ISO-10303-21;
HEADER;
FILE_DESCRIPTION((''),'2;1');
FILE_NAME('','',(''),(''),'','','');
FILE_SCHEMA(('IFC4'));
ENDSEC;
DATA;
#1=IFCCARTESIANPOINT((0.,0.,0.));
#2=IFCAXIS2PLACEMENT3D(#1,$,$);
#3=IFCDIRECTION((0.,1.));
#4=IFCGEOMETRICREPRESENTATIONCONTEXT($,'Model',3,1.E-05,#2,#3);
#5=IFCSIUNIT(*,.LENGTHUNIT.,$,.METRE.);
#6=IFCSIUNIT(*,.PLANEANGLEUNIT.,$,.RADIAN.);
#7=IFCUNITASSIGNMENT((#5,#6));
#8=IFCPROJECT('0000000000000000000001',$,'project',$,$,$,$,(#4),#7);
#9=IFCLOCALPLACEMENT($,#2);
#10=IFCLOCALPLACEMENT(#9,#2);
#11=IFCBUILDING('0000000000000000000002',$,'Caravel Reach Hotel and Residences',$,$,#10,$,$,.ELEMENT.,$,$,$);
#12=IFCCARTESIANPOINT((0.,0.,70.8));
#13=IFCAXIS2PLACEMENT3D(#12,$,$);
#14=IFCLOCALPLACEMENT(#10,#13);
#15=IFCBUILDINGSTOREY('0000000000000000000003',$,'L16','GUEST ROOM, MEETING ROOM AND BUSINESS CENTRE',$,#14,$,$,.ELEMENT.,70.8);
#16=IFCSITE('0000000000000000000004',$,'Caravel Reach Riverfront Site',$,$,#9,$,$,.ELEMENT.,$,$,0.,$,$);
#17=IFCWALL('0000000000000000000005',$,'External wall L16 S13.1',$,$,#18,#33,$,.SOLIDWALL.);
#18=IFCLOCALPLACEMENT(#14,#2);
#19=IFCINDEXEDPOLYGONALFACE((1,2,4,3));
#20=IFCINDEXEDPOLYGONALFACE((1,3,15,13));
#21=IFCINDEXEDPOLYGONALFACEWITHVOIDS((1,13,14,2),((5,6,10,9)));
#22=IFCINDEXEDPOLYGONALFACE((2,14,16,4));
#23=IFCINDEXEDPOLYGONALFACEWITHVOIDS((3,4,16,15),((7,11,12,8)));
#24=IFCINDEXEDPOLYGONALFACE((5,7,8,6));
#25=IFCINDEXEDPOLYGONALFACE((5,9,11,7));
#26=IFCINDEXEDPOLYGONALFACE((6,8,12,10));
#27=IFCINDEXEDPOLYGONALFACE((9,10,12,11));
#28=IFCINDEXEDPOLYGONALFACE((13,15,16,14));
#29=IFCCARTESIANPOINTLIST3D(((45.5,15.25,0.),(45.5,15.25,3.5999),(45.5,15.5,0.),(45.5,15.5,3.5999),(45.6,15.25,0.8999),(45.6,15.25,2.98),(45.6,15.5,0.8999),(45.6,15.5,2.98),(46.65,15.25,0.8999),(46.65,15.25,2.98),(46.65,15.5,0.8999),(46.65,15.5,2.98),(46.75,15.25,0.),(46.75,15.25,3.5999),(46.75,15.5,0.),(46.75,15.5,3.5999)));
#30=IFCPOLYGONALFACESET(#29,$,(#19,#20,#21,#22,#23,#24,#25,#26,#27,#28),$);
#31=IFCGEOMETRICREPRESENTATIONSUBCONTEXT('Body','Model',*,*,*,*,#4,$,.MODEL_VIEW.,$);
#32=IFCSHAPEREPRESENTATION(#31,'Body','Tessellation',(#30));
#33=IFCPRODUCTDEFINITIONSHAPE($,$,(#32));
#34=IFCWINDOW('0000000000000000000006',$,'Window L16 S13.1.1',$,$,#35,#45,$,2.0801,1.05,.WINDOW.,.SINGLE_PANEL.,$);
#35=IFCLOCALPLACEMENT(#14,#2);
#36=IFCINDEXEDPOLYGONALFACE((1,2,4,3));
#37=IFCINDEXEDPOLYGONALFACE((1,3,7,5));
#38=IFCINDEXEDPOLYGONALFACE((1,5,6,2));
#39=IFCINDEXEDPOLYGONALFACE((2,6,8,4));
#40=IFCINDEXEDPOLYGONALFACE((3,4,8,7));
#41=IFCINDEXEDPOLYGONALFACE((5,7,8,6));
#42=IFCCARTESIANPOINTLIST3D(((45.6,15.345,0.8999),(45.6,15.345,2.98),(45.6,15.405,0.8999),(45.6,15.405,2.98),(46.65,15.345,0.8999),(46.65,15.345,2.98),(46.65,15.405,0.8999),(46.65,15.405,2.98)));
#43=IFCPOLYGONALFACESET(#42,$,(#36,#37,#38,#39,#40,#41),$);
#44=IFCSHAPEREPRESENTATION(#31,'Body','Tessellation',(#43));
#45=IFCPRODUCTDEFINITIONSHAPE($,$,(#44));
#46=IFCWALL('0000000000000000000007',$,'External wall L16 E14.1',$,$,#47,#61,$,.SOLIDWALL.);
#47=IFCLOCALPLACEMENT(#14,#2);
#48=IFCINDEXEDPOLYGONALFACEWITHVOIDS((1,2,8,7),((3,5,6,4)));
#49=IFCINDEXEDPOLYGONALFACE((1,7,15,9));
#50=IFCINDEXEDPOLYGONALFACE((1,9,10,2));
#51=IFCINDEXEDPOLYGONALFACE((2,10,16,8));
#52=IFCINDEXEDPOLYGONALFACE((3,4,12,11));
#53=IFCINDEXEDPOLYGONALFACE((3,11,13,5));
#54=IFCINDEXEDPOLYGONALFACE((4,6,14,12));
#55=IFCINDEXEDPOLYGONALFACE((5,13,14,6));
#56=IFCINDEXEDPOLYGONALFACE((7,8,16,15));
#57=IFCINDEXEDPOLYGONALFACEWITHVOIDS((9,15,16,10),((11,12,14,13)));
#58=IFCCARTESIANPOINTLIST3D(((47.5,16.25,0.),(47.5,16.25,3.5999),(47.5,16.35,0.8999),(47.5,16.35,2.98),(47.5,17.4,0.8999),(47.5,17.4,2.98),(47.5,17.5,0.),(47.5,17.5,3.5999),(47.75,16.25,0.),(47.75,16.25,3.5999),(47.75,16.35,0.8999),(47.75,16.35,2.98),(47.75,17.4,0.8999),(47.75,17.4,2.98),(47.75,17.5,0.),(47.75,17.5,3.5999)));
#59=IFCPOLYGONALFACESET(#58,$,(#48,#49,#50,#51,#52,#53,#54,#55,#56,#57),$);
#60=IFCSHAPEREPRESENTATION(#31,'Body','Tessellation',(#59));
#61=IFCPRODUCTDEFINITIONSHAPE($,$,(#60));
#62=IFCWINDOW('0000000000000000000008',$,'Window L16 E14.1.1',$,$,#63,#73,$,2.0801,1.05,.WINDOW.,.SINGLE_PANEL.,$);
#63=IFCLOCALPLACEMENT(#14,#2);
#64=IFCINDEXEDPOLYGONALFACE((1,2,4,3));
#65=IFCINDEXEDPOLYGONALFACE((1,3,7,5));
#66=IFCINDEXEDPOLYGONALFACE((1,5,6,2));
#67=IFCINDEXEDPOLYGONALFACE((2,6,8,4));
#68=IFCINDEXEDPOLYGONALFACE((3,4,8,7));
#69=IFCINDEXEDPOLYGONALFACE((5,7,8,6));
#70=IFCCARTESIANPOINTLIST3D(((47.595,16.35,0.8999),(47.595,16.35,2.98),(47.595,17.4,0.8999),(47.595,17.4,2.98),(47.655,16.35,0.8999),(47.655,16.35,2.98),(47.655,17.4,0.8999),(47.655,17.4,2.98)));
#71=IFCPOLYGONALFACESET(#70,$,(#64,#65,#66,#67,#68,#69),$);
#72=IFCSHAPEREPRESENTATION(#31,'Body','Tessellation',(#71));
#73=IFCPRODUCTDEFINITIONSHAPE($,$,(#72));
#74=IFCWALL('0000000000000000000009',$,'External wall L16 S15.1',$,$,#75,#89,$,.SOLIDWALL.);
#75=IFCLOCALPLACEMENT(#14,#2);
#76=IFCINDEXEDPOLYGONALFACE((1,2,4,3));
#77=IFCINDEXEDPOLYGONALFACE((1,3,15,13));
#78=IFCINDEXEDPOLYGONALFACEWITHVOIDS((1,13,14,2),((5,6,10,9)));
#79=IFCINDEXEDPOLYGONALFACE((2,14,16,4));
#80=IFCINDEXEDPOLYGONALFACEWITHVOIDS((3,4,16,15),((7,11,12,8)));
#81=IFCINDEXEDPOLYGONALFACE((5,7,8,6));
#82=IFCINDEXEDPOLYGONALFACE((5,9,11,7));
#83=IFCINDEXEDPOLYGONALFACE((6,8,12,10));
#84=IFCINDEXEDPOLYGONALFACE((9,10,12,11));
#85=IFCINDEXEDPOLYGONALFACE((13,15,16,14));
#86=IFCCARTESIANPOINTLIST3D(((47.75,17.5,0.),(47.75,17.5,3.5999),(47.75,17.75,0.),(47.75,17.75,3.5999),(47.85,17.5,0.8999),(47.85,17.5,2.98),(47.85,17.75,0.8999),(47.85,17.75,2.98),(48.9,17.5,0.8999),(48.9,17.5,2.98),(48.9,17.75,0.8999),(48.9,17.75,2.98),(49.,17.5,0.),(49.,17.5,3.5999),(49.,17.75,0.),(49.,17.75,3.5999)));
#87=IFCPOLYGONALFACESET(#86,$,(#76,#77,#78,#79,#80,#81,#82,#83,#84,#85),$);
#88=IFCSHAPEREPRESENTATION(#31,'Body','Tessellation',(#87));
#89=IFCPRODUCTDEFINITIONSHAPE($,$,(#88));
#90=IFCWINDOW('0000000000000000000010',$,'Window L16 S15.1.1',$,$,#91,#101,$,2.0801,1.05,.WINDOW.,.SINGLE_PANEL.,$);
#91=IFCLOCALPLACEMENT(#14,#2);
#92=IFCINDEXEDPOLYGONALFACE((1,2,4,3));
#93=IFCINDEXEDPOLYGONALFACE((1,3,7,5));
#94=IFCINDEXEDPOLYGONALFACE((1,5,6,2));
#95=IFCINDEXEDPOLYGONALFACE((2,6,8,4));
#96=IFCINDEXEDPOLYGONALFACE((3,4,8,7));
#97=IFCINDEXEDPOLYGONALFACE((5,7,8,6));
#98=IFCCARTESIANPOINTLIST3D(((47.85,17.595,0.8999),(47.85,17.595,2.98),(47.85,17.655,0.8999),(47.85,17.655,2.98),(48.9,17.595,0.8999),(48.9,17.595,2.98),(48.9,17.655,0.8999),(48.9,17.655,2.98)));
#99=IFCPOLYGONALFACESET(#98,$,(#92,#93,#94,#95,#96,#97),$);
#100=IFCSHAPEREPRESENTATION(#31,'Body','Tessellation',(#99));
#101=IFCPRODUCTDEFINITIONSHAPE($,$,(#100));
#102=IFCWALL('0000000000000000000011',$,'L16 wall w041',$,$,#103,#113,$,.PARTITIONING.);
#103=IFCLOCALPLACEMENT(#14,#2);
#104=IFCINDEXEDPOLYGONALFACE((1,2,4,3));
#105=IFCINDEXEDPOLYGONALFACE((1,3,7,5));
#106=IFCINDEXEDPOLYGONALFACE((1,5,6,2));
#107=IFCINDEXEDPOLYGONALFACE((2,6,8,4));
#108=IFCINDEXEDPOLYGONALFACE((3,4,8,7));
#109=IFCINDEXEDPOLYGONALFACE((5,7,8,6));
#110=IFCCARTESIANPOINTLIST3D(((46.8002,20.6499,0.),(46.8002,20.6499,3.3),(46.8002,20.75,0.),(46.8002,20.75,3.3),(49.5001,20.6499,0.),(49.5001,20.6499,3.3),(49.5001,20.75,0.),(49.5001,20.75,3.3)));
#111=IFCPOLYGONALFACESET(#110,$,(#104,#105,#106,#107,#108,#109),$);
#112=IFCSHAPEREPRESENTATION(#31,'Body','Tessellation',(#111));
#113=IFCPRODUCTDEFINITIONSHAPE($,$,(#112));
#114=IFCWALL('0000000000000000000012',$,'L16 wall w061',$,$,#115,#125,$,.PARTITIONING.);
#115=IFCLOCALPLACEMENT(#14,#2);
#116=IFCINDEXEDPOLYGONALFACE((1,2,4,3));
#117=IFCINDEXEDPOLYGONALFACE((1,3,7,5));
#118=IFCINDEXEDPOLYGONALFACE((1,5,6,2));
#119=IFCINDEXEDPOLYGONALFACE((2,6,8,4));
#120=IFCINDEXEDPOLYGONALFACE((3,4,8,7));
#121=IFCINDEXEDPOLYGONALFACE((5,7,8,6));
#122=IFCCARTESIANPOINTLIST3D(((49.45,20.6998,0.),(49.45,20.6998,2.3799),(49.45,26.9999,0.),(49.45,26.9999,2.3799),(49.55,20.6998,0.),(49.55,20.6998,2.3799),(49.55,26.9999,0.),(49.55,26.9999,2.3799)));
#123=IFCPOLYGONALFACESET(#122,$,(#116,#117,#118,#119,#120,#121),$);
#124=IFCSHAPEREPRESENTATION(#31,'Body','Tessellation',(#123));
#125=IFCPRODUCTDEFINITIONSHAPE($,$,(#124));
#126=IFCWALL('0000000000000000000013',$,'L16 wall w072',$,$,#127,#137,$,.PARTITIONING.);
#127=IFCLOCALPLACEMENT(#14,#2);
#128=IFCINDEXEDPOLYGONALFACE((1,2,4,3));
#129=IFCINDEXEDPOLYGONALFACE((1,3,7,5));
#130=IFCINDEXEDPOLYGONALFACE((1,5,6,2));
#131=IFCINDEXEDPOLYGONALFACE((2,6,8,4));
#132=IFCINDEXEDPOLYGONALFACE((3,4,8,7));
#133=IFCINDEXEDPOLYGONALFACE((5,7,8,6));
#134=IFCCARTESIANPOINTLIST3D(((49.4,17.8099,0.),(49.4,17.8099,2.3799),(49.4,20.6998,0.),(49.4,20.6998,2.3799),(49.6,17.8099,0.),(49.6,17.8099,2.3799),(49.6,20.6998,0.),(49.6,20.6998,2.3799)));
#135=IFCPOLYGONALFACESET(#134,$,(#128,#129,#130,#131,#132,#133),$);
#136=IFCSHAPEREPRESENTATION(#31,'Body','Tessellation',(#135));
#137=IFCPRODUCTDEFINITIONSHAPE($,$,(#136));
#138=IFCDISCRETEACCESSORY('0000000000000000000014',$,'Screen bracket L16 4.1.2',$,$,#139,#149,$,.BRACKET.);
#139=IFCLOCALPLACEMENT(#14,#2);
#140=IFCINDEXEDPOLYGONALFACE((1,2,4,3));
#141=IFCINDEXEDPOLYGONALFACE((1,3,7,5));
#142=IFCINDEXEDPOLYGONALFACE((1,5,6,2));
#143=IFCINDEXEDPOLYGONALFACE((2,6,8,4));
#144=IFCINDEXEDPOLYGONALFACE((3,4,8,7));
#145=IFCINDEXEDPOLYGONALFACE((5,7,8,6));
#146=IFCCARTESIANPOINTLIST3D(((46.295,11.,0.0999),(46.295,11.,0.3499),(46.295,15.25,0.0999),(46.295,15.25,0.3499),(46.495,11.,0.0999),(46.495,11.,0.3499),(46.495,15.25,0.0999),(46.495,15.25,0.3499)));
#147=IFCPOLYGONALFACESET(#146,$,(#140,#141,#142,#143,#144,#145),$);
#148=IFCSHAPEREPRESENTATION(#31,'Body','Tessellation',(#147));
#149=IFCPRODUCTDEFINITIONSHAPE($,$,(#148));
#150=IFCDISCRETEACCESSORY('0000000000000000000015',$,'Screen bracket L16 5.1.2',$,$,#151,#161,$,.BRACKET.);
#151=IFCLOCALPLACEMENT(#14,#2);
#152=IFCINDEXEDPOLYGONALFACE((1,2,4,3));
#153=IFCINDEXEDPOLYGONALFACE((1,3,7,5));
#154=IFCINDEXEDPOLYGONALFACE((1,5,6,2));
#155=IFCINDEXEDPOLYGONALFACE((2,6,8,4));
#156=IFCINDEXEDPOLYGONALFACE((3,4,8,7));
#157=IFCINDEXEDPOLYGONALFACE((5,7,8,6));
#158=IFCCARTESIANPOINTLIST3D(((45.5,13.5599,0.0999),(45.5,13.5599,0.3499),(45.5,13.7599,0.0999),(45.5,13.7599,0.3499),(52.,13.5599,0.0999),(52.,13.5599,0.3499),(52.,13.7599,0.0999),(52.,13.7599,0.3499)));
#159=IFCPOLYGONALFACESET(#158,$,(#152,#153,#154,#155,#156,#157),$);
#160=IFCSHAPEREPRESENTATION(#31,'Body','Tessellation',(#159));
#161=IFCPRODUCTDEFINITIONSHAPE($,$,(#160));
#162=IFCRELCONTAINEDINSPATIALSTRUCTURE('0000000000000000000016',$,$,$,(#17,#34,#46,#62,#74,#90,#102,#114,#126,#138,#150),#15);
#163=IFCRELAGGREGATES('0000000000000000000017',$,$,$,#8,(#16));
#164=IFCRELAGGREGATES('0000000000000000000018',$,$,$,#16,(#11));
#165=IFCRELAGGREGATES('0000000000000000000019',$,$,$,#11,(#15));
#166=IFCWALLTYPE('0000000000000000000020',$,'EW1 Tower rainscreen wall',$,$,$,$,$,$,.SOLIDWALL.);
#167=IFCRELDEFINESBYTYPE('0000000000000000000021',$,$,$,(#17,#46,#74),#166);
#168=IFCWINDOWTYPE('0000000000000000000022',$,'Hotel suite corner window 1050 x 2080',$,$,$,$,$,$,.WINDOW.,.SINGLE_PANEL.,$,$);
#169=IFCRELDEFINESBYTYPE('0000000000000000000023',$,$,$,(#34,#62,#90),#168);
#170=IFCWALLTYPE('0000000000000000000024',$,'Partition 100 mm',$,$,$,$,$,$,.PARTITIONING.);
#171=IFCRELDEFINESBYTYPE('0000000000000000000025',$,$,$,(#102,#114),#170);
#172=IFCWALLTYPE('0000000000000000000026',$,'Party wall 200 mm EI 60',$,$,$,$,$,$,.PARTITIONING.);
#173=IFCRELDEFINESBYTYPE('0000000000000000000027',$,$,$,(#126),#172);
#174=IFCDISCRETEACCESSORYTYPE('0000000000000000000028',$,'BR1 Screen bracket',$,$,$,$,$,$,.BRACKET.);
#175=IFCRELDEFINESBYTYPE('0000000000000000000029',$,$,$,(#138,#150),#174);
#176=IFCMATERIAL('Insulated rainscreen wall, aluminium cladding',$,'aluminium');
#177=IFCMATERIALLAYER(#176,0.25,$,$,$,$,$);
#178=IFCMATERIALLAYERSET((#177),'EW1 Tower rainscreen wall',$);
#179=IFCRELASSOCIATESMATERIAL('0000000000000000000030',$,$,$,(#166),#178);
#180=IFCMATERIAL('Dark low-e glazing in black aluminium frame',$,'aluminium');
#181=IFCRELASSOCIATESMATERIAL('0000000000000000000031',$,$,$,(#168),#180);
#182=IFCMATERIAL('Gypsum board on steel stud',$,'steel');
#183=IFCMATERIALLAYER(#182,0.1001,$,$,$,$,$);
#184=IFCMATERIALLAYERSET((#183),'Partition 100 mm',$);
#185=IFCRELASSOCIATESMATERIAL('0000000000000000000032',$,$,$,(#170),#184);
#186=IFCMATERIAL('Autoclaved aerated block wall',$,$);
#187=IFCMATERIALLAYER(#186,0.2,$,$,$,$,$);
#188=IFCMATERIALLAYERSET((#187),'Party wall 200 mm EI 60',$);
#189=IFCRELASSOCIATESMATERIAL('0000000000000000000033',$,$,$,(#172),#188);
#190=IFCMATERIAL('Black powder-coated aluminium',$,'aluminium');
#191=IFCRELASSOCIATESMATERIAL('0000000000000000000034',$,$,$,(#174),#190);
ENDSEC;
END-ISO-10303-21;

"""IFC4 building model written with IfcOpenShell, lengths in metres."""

from ifc_helpers import new_model, si_unit, direction, frame, frame_2d, origin, origin_2d, place, context, subcontext, project, spatial, rectangle, extrude, material, layer, layer_set, type_object, element, fill, save


model = new_model("IFC4")

# Units and contexts
model_context = context("Model", 3, precision=1e-05, world=origin(), true_north=direction((0.0, 1.0)))
body_context = subcontext(model_context, "Body", "Model", "MODEL_VIEW")
ifc_project = project(units=[si_unit("LENGTHUNIT", "METRE"), si_unit("PLANEANGLEUNIT", "RADIAN")], contexts=[model_context])

# Site, building, storey
site_placement = place(None, origin())
site = spatial("IfcSite", under=ifc_project, at=site_placement, Name="Caravel Reach Riverfront Site", CompositionType="ELEMENT", RefElevation=0.0)
building_placement = place(site_placement, origin())
building = spatial("IfcBuilding", under=site, at=building_placement, Name="Caravel Reach Hotel and Residences", CompositionType="ELEMENT")
storey_placement = place(building_placement, frame((0.0, 0.0, 70.8)))
storey = spatial("IfcBuildingStorey", under=building, at=storey_placement, Name="L16", Description="GUEST ROOM, MEETING ROOM AND BUSINESS CENTRE", CompositionType="ELEMENT", Elevation=70.8)

# Walls, openings, windows
ifc_material_1 = material(Name="Insulated rainscreen wall, aluminium cladding", Category="aluminium")
ifc_layer_1 = layer(ifc_material_1, 0.25)
ifc_layer_set_1 = layer_set([ifc_layer_1], Name="EW1 Tower rainscreen wall")
wall_type_1 = type_object("IfcWallType", Name="EW1 Tower rainscreen wall", PredefinedType="SOLIDWALL", material=ifc_layer_set_1)
ifc_material_2 = material(Name="Dark low-e glazing in black aluminium frame", Category="aluminium")
window_type = type_object("IfcWindowType", Name="Hotel suite corner window 1050 x 2080", PartitioningType="SINGLE_PANEL", PredefinedType="WINDOW", material=ifc_material_2)
wall_1_placement = place(storey_placement, frame((45.5, 15.375, 0.0), z_axis=(0.0, 0.0, 1.0), x_axis=(1.0, 0.0, 0.0)))
wall_1 = element("IfcWall", 1, at=wall_1_placement, inside=storey, type_object=wall_type_1, Name="External wall L16 S13.1", PredefinedType="SOLIDWALL", context=body_context, shape_type="SweptSolid", body=[
    extrude(rectangle(XDim=1.25, YDim=0.25, at=frame_2d((0.625, 0.0))), origin(), (0.0, 0.0, 1.0), 3.5999),
])
opening_1_placement = place(wall_1_placement, frame((0.1001, 0.0, 0.8999)))
opening_1 = element("IfcOpeningElement", 2, at=opening_1_placement, cuts=wall_1, PredefinedType="OPENING", context=body_context, shape_type="SweptSolid", body=[
    extrude(rectangle(XDim=1.05, YDim=2.0801, at=frame_2d((0.5249, 1.04))), frame((0.0, 0.135, 0.0), z_axis=(0.0, -1.0, 0.0), x_axis=(1.0, 0.0, 0.0)), (0.0, 0.0, 1.0), 0.27),
])
window_1_placement = place(opening_1_placement, origin())
window_1 = element("IfcWindow", 3, at=window_1_placement, inside=storey, type_object=window_type, Name="Window L16 S13.1.1", OverallHeight=2.0801, OverallWidth=1.05, PartitioningType="SINGLE_PANEL", PredefinedType="WINDOW", context=body_context, shape_type="SweptSolid", body=[
    extrude(rectangle(XDim=1.05, YDim=2.0801, at=frame_2d((0.5249, 1.04))), frame((0.0, 0.03, 0.0), z_axis=(0.0, -1.0, 0.0), x_axis=(1.0, 0.0, 0.0)), (0.0, 0.0, 1.0), 0.0601),
])
fill(opening_1, window_1)
wall_2_placement = place(storey_placement, frame((47.625, 16.25, 0.0), z_axis=(0.0, 0.0, 1.0), x_axis=(0.0, 1.0, 0.0)))
wall_2 = element("IfcWall", 4, at=wall_2_placement, inside=storey, type_object=wall_type_1, Name="External wall L16 E14.1", PredefinedType="SOLIDWALL", context=body_context, shape_type="SweptSolid", body=[
    extrude(rectangle(XDim=1.25, YDim=0.25, at=frame_2d((0.625, 0.0))), origin(), (0.0, 0.0, 1.0), 3.5999),
])
opening_2_placement = place(wall_2_placement, frame((0.1001, 0.0, 0.8999)))
opening_2 = element("IfcOpeningElement", 5, at=opening_2_placement, cuts=wall_2, PredefinedType="OPENING", context=body_context, shape_type="SweptSolid", body=[
    extrude(rectangle(XDim=1.05, YDim=2.0801, at=frame_2d((0.5249, 1.04))), frame((0.0, 0.135, 0.0), z_axis=(0.0, -1.0, 0.0), x_axis=(1.0, 0.0, 0.0)), (0.0, 0.0, 1.0), 0.27),
])
window_2_placement = place(opening_2_placement, origin())
window_2 = element("IfcWindow", 6, at=window_2_placement, inside=storey, type_object=window_type, Name="Window L16 E14.1.1", OverallHeight=2.0801, OverallWidth=1.05, PartitioningType="SINGLE_PANEL", PredefinedType="WINDOW", context=body_context, shape_type="SweptSolid", body=[
    extrude(rectangle(XDim=1.05, YDim=2.0801, at=frame_2d((0.5249, 1.04))), frame((0.0, 0.03, 0.0), z_axis=(0.0, -1.0, 0.0), x_axis=(1.0, 0.0, 0.0)), (0.0, 0.0, 1.0), 0.0601),
])
fill(opening_2, window_2)
wall_3_placement = place(storey_placement, frame((47.75, 17.625, 0.0), z_axis=(0.0, 0.0, 1.0), x_axis=(1.0, 0.0, 0.0)))
wall_3 = element("IfcWall", 7, at=wall_3_placement, inside=storey, type_object=wall_type_1, Name="External wall L16 S15.1", PredefinedType="SOLIDWALL", context=body_context, shape_type="SweptSolid", body=[
    extrude(rectangle(XDim=1.25, YDim=0.25, at=frame_2d((0.625, 0.0))), origin(), (0.0, 0.0, 1.0), 3.5999),
])
opening_3_placement = place(wall_3_placement, frame((0.1001, 0.0, 0.8999)))
opening_3 = element("IfcOpeningElement", 8, at=opening_3_placement, cuts=wall_3, PredefinedType="OPENING", context=body_context, shape_type="SweptSolid", body=[
    extrude(rectangle(XDim=1.05, YDim=2.0801, at=frame_2d((0.5249, 1.04))), frame((0.0, 0.135, 0.0), z_axis=(0.0, -1.0, 0.0), x_axis=(1.0, 0.0, 0.0)), (0.0, 0.0, 1.0), 0.27),
])
window_3_placement = place(opening_3_placement, origin())
window_3 = element("IfcWindow", 9, at=window_3_placement, inside=storey, type_object=window_type, Name="Window L16 S15.1.1", OverallHeight=2.0801, OverallWidth=1.05, PartitioningType="SINGLE_PANEL", PredefinedType="WINDOW", context=body_context, shape_type="SweptSolid", body=[
    extrude(rectangle(XDim=1.05, YDim=2.0801, at=frame_2d((0.5249, 1.04))), frame((0.0, 0.03, 0.0), z_axis=(0.0, -1.0, 0.0), x_axis=(1.0, 0.0, 0.0)), (0.0, 0.0, 1.0), 0.0601),
])
fill(opening_3, window_3)

# Walls
ifc_material_3 = material(Name="Gypsum board on steel stud", Category="steel")
ifc_layer_2 = layer(ifc_material_3, 0.1001)
ifc_layer_set_2 = layer_set([ifc_layer_2], Name="Partition 100 mm")
wall_type_2 = type_object("IfcWallType", Name="Partition 100 mm", PredefinedType="PARTITIONING", material=ifc_layer_set_2)
wall_4_placement = place(storey_placement, frame((46.8, 20.7, 0.0), z_axis=(0.0, 0.0, 1.0), x_axis=(1.0, 0.0, 0.0)))
element("IfcWall", 10, at=wall_4_placement, inside=storey, type_object=wall_type_2, Name="L16 wall w041", PredefinedType="PARTITIONING", context=body_context, shape_type="SweptSolid", body=[
    extrude(rectangle(XDim=2.7, YDim=0.1001, at=frame_2d((1.3501, 0.0))), origin(), (0.0, 0.0, 1.0), 3.3),
])
wall_5_placement = place(storey_placement, frame((49.5, 20.7, 0.0), z_axis=(0.0, 0.0, 1.0), x_axis=(0.0, 1.0, 0.0)))
element("IfcWall", 11, at=wall_5_placement, inside=storey, type_object=wall_type_2, Name="L16 wall w061", PredefinedType="PARTITIONING", context=body_context, shape_type="SweptSolid", body=[
    extrude(rectangle(XDim=6.3, YDim=0.1001, at=frame_2d((3.1499, 0.0))), origin(), (0.0, 0.0, 1.0), 2.3799),
])
ifc_material_4 = material(Name="Autoclaved aerated block wall")
ifc_layer_3 = layer(ifc_material_4, 0.2)
ifc_layer_set_3 = layer_set([ifc_layer_3], Name="Party wall 200 mm EI 60")
wall_type_3 = type_object("IfcWallType", Name="Party wall 200 mm EI 60", PredefinedType="PARTITIONING", material=ifc_layer_set_3)
wall_6_placement = place(storey_placement, frame((49.5, 17.8101, 0.0), z_axis=(0.0, 0.0, 1.0), x_axis=(0.0, 1.0, 0.0)))
element("IfcWall", 12, at=wall_6_placement, inside=storey, type_object=wall_type_3, Name="L16 wall w072", PredefinedType="PARTITIONING", context=body_context, shape_type="SweptSolid", body=[
    extrude(rectangle(XDim=2.8899, YDim=0.2, at=frame_2d((1.4448, 0.0))), origin(), (0.0, 0.0, 1.0), 2.3799),
])

# Discrete accessories
ifc_material_5 = material(Name="Black powder-coated aluminium", Category="aluminium")
discrete_accessory_type = type_object("IfcDiscreteAccessoryType", Name="BR1 Screen bracket", PredefinedType="BRACKET", material=ifc_material_5)
discrete_accessory_1_placement = place(storey_placement, frame((46.395, 13.125, 0.0999), z_axis=(0.0, 0.0, 1.0), x_axis=(0.0, -1.0, 0.0)))
element("IfcDiscreteAccessory", 13, at=discrete_accessory_1_placement, inside=storey, type_object=discrete_accessory_type, Name="Screen bracket L16 4.1.2", PredefinedType="BRACKET", context=body_context, shape_type="SweptSolid", body=[
    extrude(rectangle(XDim=4.25, YDim=0.2, at=origin_2d()), origin(), (0.0, 0.0, 1.0), 0.25),
])
discrete_accessory_2_placement = place(storey_placement, frame((48.75, 13.6599, 0.0999), z_axis=(0.0, 0.0, 1.0), x_axis=(1.0, 0.0, 0.0)))
element("IfcDiscreteAccessory", 14, at=discrete_accessory_2_placement, inside=storey, type_object=discrete_accessory_type, Name="Screen bracket L16 5.1.2", PredefinedType="BRACKET", context=body_context, shape_type="SweptSolid", body=[
    extrude(rectangle(XDim=6.5, YDim=0.2, at=origin_2d()), origin(), (0.0, 0.0, 1.0), 0.25),
])

save(model, "model.ifc")
